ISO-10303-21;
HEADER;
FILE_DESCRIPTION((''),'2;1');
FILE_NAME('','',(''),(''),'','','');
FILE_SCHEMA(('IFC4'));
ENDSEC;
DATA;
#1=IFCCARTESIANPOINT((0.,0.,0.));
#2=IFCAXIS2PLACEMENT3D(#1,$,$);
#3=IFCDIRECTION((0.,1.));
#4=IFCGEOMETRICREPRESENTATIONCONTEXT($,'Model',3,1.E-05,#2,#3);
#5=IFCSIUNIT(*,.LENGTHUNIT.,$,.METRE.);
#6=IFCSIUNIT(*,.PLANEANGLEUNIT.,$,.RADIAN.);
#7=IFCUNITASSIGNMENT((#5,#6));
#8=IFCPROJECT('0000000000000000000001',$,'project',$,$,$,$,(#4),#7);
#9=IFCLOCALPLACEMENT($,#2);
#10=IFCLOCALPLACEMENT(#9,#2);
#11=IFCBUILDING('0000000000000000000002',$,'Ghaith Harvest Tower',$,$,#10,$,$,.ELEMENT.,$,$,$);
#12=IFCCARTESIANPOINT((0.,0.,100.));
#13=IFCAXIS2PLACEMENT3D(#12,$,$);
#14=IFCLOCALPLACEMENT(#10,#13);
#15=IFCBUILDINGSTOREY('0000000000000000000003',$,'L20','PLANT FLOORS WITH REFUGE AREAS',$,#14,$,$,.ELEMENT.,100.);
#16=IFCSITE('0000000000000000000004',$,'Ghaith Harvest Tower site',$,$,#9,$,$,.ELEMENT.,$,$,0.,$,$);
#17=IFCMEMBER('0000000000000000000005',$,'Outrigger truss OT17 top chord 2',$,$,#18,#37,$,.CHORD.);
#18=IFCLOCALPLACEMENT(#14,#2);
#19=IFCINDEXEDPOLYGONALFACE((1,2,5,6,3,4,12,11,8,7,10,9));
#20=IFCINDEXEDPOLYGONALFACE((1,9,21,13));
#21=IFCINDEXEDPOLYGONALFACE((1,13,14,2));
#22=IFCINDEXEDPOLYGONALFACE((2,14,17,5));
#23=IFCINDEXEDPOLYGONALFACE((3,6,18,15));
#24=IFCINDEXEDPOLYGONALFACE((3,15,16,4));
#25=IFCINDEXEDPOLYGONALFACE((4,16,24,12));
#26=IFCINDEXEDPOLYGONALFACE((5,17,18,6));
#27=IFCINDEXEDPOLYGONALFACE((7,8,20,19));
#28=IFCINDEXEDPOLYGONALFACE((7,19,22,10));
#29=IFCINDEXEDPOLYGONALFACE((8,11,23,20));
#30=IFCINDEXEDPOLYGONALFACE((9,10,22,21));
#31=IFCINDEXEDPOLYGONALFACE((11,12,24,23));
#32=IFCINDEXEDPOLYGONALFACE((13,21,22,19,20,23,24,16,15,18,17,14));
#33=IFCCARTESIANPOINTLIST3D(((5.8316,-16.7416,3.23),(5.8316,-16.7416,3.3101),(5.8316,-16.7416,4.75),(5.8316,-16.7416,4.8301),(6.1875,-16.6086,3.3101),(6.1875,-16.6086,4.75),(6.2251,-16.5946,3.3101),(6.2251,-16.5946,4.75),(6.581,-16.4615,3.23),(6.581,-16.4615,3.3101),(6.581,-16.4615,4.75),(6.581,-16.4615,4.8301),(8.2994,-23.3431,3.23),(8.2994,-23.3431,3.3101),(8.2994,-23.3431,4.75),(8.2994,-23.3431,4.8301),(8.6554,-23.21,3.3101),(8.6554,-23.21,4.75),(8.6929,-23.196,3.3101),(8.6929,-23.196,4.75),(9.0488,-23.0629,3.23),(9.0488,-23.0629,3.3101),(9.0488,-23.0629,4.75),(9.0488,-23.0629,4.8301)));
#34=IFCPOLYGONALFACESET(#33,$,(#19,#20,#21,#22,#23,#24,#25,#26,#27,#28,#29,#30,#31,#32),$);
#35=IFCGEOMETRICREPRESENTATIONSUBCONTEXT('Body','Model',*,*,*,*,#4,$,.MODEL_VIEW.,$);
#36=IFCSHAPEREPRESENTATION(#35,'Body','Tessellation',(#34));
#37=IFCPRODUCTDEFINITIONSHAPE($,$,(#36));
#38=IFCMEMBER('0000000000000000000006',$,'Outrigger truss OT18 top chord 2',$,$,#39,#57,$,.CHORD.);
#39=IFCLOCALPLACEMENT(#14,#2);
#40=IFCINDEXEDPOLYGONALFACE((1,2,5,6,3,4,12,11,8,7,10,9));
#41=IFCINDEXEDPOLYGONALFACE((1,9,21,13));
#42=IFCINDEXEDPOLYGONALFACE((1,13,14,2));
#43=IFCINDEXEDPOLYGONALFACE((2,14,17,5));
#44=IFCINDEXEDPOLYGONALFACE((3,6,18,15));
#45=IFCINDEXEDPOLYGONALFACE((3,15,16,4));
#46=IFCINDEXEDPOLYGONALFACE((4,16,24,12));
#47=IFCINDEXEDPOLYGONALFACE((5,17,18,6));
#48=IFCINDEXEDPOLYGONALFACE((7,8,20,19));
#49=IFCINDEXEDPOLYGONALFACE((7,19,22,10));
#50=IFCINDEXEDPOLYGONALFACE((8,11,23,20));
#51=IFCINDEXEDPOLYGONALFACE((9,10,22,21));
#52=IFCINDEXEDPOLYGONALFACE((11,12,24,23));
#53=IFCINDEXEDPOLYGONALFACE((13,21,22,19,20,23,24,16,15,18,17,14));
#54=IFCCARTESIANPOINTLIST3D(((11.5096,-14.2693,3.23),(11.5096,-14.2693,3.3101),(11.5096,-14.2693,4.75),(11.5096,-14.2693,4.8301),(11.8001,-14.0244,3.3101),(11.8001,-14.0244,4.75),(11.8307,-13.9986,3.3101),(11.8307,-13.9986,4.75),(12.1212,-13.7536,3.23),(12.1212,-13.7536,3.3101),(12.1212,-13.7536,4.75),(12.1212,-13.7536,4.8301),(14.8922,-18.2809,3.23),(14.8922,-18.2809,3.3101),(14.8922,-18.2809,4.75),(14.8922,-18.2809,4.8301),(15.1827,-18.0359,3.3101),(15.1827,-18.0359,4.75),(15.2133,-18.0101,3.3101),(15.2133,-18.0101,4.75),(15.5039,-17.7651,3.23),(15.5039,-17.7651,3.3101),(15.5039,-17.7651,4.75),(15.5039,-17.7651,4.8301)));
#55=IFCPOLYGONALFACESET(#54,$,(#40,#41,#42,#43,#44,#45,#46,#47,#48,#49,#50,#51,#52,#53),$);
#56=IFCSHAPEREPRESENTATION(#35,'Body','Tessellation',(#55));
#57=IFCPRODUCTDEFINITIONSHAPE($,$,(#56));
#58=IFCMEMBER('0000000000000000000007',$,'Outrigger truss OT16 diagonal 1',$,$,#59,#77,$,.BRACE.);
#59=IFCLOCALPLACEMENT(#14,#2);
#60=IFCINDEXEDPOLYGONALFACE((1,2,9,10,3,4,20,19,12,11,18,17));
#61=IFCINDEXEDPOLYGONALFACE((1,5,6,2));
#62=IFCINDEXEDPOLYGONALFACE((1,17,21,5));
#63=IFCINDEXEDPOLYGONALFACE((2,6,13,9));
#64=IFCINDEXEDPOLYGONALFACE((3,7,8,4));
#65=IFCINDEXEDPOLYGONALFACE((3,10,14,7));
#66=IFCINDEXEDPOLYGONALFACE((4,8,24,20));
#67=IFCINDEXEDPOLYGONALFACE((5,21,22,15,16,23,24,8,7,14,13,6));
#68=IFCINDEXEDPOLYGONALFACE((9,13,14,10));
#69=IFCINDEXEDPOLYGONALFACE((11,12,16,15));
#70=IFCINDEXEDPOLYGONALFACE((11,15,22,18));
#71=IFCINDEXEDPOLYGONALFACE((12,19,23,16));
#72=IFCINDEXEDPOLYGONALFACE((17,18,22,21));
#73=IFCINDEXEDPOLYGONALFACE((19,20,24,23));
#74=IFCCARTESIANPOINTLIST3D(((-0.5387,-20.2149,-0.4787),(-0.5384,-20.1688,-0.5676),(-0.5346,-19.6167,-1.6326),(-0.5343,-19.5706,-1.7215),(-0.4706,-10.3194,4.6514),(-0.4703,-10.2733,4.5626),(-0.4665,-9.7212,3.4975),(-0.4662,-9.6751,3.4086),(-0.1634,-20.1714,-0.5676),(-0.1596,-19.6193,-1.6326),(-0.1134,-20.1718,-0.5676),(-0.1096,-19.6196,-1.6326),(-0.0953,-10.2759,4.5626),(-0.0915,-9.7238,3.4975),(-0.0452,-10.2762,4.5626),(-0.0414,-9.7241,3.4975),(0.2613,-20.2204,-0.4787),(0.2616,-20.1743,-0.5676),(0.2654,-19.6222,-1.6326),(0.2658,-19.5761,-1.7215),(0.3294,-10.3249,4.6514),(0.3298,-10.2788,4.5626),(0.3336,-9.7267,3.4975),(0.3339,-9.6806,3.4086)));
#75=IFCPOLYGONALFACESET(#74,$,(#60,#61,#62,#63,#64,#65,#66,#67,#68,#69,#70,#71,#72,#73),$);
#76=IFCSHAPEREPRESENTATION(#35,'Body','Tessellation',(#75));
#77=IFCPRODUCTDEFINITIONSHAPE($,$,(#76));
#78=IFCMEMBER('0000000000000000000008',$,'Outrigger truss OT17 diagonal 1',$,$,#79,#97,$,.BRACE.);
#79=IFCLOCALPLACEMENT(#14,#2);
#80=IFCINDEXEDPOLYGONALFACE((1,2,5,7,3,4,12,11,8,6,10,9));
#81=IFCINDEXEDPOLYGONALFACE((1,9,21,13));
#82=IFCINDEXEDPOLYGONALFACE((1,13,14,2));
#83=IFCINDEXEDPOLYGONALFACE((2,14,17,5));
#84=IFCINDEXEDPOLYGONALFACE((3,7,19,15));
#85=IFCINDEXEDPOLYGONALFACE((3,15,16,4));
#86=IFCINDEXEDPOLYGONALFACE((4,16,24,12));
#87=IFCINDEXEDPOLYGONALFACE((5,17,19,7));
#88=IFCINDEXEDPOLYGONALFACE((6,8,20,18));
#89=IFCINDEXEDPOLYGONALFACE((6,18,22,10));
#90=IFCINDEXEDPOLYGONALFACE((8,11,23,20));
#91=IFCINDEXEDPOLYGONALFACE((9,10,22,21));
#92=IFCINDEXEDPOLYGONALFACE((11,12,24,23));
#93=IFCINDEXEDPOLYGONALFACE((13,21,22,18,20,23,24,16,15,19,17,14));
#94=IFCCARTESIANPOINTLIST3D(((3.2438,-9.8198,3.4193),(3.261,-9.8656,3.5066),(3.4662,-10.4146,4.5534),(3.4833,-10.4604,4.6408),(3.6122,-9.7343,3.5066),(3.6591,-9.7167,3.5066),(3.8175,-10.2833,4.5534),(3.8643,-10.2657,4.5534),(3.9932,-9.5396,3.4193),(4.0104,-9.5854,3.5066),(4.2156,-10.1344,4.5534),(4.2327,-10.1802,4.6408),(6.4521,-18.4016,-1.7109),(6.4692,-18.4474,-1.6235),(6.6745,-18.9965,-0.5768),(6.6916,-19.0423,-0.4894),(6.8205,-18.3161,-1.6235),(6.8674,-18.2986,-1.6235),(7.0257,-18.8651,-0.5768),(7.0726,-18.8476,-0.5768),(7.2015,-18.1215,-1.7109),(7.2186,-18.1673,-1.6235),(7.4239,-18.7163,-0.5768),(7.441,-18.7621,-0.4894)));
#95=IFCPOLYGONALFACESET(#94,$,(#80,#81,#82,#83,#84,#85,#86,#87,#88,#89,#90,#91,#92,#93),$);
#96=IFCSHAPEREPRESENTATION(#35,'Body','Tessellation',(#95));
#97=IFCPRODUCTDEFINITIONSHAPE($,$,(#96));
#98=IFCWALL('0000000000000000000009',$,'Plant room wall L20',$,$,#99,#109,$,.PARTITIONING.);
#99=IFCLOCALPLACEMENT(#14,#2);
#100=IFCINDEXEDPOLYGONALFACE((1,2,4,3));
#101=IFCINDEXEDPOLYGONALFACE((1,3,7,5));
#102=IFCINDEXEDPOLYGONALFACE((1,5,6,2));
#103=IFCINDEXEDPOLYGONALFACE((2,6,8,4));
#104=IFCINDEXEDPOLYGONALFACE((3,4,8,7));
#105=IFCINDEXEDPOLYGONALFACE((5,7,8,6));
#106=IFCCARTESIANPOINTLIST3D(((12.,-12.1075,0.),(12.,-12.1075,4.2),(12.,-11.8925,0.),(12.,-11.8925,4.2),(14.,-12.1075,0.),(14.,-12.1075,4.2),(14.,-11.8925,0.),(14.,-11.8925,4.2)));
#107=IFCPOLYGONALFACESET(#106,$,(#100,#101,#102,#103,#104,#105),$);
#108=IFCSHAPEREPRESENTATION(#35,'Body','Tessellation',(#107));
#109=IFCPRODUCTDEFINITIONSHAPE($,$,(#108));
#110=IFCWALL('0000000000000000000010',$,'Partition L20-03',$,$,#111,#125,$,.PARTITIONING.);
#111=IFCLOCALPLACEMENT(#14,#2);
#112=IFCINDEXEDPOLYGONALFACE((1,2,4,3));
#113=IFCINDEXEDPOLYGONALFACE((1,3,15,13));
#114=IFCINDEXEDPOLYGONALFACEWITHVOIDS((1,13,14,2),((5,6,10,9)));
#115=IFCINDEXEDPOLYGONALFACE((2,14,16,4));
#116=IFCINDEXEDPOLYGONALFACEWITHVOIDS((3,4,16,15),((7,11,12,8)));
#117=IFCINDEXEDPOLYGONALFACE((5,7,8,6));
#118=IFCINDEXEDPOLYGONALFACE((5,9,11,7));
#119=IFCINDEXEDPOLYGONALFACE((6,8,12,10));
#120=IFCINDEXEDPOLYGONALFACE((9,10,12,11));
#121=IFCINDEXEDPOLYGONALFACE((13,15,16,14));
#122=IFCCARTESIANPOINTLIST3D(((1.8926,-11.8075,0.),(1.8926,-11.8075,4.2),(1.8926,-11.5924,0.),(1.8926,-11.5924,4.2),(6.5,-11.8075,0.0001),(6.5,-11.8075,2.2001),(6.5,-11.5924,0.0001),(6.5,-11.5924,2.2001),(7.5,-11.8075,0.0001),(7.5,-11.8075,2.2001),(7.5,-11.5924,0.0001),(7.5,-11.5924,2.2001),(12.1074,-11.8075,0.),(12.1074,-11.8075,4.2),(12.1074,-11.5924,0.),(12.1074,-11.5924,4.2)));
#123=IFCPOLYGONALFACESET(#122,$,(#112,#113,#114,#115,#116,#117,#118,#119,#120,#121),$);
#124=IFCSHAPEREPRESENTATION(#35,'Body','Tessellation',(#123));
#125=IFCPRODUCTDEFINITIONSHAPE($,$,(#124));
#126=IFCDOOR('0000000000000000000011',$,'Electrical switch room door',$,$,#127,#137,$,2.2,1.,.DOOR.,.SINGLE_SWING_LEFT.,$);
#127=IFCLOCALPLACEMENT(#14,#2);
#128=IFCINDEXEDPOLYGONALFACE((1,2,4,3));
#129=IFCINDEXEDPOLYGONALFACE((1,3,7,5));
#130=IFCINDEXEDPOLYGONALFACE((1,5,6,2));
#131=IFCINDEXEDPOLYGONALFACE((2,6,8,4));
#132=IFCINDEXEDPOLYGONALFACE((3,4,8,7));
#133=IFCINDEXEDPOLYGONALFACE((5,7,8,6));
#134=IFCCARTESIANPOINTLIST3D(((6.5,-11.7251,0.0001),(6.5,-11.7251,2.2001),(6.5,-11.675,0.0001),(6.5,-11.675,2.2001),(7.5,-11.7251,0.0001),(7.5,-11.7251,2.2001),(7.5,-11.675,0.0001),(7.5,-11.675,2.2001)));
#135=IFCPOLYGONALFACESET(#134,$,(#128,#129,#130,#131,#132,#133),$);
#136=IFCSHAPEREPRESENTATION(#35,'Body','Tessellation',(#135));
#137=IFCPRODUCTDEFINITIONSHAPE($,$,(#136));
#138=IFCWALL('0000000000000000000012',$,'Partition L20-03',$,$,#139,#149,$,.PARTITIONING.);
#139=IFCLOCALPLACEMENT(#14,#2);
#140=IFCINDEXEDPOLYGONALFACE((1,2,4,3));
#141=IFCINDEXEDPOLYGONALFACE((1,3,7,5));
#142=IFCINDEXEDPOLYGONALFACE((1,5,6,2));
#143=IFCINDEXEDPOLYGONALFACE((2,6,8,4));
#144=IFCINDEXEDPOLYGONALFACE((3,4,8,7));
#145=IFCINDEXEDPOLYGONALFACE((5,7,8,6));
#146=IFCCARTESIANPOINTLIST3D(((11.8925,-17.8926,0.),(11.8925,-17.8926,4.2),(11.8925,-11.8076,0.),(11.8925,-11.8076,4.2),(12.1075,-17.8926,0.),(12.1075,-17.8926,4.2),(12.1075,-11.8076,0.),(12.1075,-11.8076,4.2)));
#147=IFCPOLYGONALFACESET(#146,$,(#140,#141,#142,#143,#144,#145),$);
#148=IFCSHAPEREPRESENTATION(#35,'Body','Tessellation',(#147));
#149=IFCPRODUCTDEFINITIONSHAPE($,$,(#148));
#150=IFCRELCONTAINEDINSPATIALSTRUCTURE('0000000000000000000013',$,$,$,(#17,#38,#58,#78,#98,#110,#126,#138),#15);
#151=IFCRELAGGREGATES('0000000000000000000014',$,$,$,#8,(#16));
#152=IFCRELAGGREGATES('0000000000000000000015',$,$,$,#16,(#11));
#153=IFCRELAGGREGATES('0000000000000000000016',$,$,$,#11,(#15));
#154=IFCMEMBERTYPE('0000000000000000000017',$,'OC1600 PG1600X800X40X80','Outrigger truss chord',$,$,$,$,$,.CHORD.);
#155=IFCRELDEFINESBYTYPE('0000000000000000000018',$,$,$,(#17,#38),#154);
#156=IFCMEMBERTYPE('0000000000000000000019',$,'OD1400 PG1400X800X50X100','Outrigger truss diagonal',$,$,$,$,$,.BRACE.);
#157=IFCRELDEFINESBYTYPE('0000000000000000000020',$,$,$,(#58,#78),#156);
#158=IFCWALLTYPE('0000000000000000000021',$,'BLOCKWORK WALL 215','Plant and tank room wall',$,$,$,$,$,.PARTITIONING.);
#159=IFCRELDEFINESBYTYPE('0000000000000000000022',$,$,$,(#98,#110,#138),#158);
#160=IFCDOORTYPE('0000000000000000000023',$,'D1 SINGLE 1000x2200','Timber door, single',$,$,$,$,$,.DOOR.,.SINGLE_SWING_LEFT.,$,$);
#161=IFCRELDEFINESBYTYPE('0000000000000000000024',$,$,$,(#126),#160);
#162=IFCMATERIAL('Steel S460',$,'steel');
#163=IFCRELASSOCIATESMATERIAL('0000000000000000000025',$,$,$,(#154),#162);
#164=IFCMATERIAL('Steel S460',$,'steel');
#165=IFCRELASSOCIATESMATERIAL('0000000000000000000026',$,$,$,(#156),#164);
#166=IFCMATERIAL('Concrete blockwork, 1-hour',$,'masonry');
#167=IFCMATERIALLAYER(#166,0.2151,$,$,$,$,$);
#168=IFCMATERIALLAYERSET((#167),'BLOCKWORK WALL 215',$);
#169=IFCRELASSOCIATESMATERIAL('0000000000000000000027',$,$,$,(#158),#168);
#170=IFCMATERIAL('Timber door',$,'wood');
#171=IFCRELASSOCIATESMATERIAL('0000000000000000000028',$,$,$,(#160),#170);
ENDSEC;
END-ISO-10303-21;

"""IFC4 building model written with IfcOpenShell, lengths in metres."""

from ifc_helpers import new_model, si_unit, direction, frame, frame_2d, origin, origin_2d, place, context, subcontext, project, spatial, rectangle, i_section, extrude, material, layer, layer_set, material_profile, profile_set, type_object, element, fill, save


model = new_model("IFC4")

# Units and contexts
model_context = context("Model", 3, precision=1e-05, world=origin(), true_north=direction((0.0, 1.0)))
body_context = subcontext(model_context, "Body", "Model", "MODEL_VIEW")
ifc_project = project(units=[si_unit("LENGTHUNIT", "METRE"), si_unit("PLANEANGLEUNIT", "RADIAN")], contexts=[model_context])

# Site, building, storey
site_placement = place(None, origin())
site = spatial("IfcSite", under=ifc_project, at=site_placement, Name="Ghaith Harvest Tower site", CompositionType="ELEMENT", RefElevation=0.0)
building_placement = place(site_placement, origin())
building = spatial("IfcBuilding", under=site, at=building_placement, Name="Ghaith Harvest Tower", CompositionType="ELEMENT")
storey_placement = place(building_placement, frame((0.0, 0.0, 100.0)))
storey = spatial("IfcBuildingStorey", under=building, at=storey_placement, Name="L20", Description="PLANT FLOORS WITH REFUGE AREAS", CompositionType="ELEMENT", Elevation=100.0)

# Members
ifc_material_1 = material(Name="Steel S460", Category="steel")
ifc_material_profile_1 = material_profile(ifc_material_1, i_section(OverallWidth=0.8, OverallDepth=1.6001, WebThickness=0.04, FlangeThickness=0.0801, at=origin_2d()), Name="PG1600X800X40X80")
ifc_profile_set_1 = profile_set([ifc_material_profile_1], Name="Steel S460")
member_type_1 = type_object("IfcMemberType", Name="OC1600 PG1600X800X40X80", Description="Outrigger truss chord", PredefinedType="CHORD", material=ifc_profile_set_1)
member_1_placement = place(storey_placement, frame((6.2063, -16.6016, 4.03), z_axis=(0.350163, -0.936689, 0.0), x_axis=(0.936689, 0.350163, 0.0)))
element("IfcMember", 1, at=member_1_placement, inside=storey, type_object=member_type_1, Name="Outrigger truss OT17 top chord 2", PredefinedType="CHORD", context=body_context, shape_type="SweptSolid", body=[
    extrude(i_section(OverallWidth=0.8, OverallDepth=1.6001, WebThickness=0.04, FlangeThickness=0.0801, at=origin_2d()), origin(), (0.0, 0.0, 1.0), 7.0476),
])
member_2_placement = place(storey_placement, frame((11.8154, -14.0115, 4.03), z_axis=(0.644636, -0.76449, 0.0), x_axis=(0.76449, 0.644636, 0.0)))
element("IfcMember", 2, at=member_2_placement, inside=storey, type_object=member_type_1, Name="Outrigger truss OT18 top chord 2", PredefinedType="CHORD", context=body_context, shape_type="SweptSolid", body=[
    extrude(i_section(OverallWidth=0.8, OverallDepth=1.6001, WebThickness=0.04, FlangeThickness=0.0801, at=origin_2d()), origin(), (0.0, 0.0, 1.0), 5.2473),
])
ifc_material_2 = material(Name="Steel S460", Category="steel")
ifc_material_profile_2 = material_profile(ifc_material_2, i_section(OverallWidth=0.8, OverallDepth=1.3999, WebThickness=0.05, FlangeThickness=0.1001, at=origin_2d()), Name="PG1400X800X50X100")
ifc_profile_set_2 = profile_set([ifc_material_profile_2], Name="Steel S460")
member_type_2 = type_object("IfcMemberType", Name="OD1400 PG1400X800X50X100", Description="Outrigger truss diagonal", PredefinedType="BRACE", material=ifc_profile_set_2)
member_3_placement = place(storey_placement, frame((-0.0684, -10.0, 4.03), z_axis=(-0.006111, -0.88777, -0.460247), x_axis=(0.999976, -0.006883, 0.0)))
element("IfcMember", 3, at=member_3_placement, inside=storey, type_object=member_type_2, Name="Outrigger truss OT16 diagonal 1", PredefinedType="BRACE", context=body_context, shape_type="SweptSolid", body=[
    extrude(i_section(OverallWidth=0.8, OverallDepth=1.3999, WebThickness=0.05, FlangeThickness=0.1001, at=origin_2d()), origin(), (0.0, 0.0, 1.0), 11.1465),
])
member_4_placement = place(storey_placement, frame((3.7383, -10.0, 4.03), z_axis=(0.305537, -0.817283, -0.488565), x_axis=(0.936685, 0.350174, 0.0)))
element("IfcMember", 4, at=member_4_placement, inside=storey, type_object=member_type_2, Name="Outrigger truss OT17 diagonal 1", PredefinedType="BRACE", context=body_context, shape_type="SweptSolid", body=[
    extrude(i_section(OverallWidth=0.8, OverallDepth=1.3999, WebThickness=0.05, FlangeThickness=0.1001, at=origin_2d()), origin(), (0.0, 0.0, 1.0), 10.5005),
])

# Wall
ifc_material_3 = material(Name="Concrete blockwork, 1-hour", Category="masonry")
ifc_layer = layer(ifc_material_3, 0.2151)
ifc_layer_set = layer_set([ifc_layer], Name="BLOCKWORK WALL 215")
wall_type = type_object("IfcWallType", Name="BLOCKWORK WALL 215", Description="Plant and tank room wall", PredefinedType="PARTITIONING", material=ifc_layer_set)
wall_1_placement = place(storey_placement, frame((12.0, -12.0, 0.0), z_axis=(0.0, 0.0, 1.0), x_axis=(1.0, 0.0, 0.0)))
element("IfcWall", 5, at=wall_1_placement, inside=storey, type_object=wall_type, Name="Plant room wall L20", PredefinedType="PARTITIONING", context=body_context, shape_type="SweptSolid", body=[
    extrude(rectangle(XDim=2.0, YDim=0.2151, at=frame_2d((1.0, 0.0))), origin(), (0.0, 0.0, 1.0), 4.2),
])

# Wall, opening, door
wall_2_placement = place(storey_placement, frame((1.8926, -11.7, 0.0), z_axis=(0.0, 0.0, 1.0), x_axis=(1.0, 0.0, 0.0)))
wall_2 = element("IfcWall", 6, at=wall_2_placement, inside=storey, type_object=wall_type, Name="Partition L20-03", PredefinedType="PARTITIONING", context=body_context, shape_type="SweptSolid", body=[
    extrude(rectangle(XDim=10.2148, YDim=0.2151, at=frame_2d((5.1074, 0.0))), origin(), (0.0, 0.0, 1.0), 4.2),
])
opening_placement = place(wall_2_placement, frame((4.6074, 0.0, 0.0)))
opening = element("IfcOpeningElement", 7, at=opening_placement, cuts=wall_2, PredefinedType="OPENING", context=body_context, shape_type="SweptSolid", body=[
    extrude(rectangle(XDim=1.0, YDim=2.2, at=frame_2d((0.5, 1.1001))), frame((0.0, 0.1177, 0.0), z_axis=(0.0, -1.0, 0.0), x_axis=(1.0, 0.0, 0.0)), (0.0, 0.0, 1.0), 0.2351),
])
ifc_material_4 = material(Name="Timber door", Category="wood")
door_type = type_object("IfcDoorType", Name="D1 SINGLE 1000x2200", Description="Timber door, single", OperationType="SINGLE_SWING_LEFT", PredefinedType="DOOR", material=ifc_material_4)
door_placement = place(opening_placement, origin())
door = element("IfcDoor", 8, at=door_placement, inside=storey, type_object=door_type, Name="Electrical switch room door", OperationType="SINGLE_SWING_LEFT", OverallHeight=2.2, OverallWidth=1.0, PredefinedType="DOOR", context=body_context, shape_type="SweptSolid", body=[
    extrude(rectangle(XDim=1.0, YDim=2.2, at=frame_2d((0.5, 1.1001))), frame((0.0, 0.0249, 0.0), z_axis=(0.0, -1.0, 0.0), x_axis=(1.0, 0.0, 0.0)), (0.0, 0.0, 1.0), 0.05),
])
fill(opening, door)

# Wall
wall_3_placement = place(storey_placement, frame((12.0, -17.8926, 0.0), z_axis=(0.0, 0.0, 1.0), x_axis=(0.0, 1.0, 0.0)))
element("IfcWall", 9, at=wall_3_placement, inside=storey, type_object=wall_type, Name="Partition L20-03", PredefinedType="PARTITIONING", context=body_context, shape_type="SweptSolid", body=[
    extrude(rectangle(XDim=6.085, YDim=0.2151, at=frame_2d((3.0425, 0.0))), origin(), (0.0, 0.0, 1.0), 4.2),
])

save(model, "model.ifc")
